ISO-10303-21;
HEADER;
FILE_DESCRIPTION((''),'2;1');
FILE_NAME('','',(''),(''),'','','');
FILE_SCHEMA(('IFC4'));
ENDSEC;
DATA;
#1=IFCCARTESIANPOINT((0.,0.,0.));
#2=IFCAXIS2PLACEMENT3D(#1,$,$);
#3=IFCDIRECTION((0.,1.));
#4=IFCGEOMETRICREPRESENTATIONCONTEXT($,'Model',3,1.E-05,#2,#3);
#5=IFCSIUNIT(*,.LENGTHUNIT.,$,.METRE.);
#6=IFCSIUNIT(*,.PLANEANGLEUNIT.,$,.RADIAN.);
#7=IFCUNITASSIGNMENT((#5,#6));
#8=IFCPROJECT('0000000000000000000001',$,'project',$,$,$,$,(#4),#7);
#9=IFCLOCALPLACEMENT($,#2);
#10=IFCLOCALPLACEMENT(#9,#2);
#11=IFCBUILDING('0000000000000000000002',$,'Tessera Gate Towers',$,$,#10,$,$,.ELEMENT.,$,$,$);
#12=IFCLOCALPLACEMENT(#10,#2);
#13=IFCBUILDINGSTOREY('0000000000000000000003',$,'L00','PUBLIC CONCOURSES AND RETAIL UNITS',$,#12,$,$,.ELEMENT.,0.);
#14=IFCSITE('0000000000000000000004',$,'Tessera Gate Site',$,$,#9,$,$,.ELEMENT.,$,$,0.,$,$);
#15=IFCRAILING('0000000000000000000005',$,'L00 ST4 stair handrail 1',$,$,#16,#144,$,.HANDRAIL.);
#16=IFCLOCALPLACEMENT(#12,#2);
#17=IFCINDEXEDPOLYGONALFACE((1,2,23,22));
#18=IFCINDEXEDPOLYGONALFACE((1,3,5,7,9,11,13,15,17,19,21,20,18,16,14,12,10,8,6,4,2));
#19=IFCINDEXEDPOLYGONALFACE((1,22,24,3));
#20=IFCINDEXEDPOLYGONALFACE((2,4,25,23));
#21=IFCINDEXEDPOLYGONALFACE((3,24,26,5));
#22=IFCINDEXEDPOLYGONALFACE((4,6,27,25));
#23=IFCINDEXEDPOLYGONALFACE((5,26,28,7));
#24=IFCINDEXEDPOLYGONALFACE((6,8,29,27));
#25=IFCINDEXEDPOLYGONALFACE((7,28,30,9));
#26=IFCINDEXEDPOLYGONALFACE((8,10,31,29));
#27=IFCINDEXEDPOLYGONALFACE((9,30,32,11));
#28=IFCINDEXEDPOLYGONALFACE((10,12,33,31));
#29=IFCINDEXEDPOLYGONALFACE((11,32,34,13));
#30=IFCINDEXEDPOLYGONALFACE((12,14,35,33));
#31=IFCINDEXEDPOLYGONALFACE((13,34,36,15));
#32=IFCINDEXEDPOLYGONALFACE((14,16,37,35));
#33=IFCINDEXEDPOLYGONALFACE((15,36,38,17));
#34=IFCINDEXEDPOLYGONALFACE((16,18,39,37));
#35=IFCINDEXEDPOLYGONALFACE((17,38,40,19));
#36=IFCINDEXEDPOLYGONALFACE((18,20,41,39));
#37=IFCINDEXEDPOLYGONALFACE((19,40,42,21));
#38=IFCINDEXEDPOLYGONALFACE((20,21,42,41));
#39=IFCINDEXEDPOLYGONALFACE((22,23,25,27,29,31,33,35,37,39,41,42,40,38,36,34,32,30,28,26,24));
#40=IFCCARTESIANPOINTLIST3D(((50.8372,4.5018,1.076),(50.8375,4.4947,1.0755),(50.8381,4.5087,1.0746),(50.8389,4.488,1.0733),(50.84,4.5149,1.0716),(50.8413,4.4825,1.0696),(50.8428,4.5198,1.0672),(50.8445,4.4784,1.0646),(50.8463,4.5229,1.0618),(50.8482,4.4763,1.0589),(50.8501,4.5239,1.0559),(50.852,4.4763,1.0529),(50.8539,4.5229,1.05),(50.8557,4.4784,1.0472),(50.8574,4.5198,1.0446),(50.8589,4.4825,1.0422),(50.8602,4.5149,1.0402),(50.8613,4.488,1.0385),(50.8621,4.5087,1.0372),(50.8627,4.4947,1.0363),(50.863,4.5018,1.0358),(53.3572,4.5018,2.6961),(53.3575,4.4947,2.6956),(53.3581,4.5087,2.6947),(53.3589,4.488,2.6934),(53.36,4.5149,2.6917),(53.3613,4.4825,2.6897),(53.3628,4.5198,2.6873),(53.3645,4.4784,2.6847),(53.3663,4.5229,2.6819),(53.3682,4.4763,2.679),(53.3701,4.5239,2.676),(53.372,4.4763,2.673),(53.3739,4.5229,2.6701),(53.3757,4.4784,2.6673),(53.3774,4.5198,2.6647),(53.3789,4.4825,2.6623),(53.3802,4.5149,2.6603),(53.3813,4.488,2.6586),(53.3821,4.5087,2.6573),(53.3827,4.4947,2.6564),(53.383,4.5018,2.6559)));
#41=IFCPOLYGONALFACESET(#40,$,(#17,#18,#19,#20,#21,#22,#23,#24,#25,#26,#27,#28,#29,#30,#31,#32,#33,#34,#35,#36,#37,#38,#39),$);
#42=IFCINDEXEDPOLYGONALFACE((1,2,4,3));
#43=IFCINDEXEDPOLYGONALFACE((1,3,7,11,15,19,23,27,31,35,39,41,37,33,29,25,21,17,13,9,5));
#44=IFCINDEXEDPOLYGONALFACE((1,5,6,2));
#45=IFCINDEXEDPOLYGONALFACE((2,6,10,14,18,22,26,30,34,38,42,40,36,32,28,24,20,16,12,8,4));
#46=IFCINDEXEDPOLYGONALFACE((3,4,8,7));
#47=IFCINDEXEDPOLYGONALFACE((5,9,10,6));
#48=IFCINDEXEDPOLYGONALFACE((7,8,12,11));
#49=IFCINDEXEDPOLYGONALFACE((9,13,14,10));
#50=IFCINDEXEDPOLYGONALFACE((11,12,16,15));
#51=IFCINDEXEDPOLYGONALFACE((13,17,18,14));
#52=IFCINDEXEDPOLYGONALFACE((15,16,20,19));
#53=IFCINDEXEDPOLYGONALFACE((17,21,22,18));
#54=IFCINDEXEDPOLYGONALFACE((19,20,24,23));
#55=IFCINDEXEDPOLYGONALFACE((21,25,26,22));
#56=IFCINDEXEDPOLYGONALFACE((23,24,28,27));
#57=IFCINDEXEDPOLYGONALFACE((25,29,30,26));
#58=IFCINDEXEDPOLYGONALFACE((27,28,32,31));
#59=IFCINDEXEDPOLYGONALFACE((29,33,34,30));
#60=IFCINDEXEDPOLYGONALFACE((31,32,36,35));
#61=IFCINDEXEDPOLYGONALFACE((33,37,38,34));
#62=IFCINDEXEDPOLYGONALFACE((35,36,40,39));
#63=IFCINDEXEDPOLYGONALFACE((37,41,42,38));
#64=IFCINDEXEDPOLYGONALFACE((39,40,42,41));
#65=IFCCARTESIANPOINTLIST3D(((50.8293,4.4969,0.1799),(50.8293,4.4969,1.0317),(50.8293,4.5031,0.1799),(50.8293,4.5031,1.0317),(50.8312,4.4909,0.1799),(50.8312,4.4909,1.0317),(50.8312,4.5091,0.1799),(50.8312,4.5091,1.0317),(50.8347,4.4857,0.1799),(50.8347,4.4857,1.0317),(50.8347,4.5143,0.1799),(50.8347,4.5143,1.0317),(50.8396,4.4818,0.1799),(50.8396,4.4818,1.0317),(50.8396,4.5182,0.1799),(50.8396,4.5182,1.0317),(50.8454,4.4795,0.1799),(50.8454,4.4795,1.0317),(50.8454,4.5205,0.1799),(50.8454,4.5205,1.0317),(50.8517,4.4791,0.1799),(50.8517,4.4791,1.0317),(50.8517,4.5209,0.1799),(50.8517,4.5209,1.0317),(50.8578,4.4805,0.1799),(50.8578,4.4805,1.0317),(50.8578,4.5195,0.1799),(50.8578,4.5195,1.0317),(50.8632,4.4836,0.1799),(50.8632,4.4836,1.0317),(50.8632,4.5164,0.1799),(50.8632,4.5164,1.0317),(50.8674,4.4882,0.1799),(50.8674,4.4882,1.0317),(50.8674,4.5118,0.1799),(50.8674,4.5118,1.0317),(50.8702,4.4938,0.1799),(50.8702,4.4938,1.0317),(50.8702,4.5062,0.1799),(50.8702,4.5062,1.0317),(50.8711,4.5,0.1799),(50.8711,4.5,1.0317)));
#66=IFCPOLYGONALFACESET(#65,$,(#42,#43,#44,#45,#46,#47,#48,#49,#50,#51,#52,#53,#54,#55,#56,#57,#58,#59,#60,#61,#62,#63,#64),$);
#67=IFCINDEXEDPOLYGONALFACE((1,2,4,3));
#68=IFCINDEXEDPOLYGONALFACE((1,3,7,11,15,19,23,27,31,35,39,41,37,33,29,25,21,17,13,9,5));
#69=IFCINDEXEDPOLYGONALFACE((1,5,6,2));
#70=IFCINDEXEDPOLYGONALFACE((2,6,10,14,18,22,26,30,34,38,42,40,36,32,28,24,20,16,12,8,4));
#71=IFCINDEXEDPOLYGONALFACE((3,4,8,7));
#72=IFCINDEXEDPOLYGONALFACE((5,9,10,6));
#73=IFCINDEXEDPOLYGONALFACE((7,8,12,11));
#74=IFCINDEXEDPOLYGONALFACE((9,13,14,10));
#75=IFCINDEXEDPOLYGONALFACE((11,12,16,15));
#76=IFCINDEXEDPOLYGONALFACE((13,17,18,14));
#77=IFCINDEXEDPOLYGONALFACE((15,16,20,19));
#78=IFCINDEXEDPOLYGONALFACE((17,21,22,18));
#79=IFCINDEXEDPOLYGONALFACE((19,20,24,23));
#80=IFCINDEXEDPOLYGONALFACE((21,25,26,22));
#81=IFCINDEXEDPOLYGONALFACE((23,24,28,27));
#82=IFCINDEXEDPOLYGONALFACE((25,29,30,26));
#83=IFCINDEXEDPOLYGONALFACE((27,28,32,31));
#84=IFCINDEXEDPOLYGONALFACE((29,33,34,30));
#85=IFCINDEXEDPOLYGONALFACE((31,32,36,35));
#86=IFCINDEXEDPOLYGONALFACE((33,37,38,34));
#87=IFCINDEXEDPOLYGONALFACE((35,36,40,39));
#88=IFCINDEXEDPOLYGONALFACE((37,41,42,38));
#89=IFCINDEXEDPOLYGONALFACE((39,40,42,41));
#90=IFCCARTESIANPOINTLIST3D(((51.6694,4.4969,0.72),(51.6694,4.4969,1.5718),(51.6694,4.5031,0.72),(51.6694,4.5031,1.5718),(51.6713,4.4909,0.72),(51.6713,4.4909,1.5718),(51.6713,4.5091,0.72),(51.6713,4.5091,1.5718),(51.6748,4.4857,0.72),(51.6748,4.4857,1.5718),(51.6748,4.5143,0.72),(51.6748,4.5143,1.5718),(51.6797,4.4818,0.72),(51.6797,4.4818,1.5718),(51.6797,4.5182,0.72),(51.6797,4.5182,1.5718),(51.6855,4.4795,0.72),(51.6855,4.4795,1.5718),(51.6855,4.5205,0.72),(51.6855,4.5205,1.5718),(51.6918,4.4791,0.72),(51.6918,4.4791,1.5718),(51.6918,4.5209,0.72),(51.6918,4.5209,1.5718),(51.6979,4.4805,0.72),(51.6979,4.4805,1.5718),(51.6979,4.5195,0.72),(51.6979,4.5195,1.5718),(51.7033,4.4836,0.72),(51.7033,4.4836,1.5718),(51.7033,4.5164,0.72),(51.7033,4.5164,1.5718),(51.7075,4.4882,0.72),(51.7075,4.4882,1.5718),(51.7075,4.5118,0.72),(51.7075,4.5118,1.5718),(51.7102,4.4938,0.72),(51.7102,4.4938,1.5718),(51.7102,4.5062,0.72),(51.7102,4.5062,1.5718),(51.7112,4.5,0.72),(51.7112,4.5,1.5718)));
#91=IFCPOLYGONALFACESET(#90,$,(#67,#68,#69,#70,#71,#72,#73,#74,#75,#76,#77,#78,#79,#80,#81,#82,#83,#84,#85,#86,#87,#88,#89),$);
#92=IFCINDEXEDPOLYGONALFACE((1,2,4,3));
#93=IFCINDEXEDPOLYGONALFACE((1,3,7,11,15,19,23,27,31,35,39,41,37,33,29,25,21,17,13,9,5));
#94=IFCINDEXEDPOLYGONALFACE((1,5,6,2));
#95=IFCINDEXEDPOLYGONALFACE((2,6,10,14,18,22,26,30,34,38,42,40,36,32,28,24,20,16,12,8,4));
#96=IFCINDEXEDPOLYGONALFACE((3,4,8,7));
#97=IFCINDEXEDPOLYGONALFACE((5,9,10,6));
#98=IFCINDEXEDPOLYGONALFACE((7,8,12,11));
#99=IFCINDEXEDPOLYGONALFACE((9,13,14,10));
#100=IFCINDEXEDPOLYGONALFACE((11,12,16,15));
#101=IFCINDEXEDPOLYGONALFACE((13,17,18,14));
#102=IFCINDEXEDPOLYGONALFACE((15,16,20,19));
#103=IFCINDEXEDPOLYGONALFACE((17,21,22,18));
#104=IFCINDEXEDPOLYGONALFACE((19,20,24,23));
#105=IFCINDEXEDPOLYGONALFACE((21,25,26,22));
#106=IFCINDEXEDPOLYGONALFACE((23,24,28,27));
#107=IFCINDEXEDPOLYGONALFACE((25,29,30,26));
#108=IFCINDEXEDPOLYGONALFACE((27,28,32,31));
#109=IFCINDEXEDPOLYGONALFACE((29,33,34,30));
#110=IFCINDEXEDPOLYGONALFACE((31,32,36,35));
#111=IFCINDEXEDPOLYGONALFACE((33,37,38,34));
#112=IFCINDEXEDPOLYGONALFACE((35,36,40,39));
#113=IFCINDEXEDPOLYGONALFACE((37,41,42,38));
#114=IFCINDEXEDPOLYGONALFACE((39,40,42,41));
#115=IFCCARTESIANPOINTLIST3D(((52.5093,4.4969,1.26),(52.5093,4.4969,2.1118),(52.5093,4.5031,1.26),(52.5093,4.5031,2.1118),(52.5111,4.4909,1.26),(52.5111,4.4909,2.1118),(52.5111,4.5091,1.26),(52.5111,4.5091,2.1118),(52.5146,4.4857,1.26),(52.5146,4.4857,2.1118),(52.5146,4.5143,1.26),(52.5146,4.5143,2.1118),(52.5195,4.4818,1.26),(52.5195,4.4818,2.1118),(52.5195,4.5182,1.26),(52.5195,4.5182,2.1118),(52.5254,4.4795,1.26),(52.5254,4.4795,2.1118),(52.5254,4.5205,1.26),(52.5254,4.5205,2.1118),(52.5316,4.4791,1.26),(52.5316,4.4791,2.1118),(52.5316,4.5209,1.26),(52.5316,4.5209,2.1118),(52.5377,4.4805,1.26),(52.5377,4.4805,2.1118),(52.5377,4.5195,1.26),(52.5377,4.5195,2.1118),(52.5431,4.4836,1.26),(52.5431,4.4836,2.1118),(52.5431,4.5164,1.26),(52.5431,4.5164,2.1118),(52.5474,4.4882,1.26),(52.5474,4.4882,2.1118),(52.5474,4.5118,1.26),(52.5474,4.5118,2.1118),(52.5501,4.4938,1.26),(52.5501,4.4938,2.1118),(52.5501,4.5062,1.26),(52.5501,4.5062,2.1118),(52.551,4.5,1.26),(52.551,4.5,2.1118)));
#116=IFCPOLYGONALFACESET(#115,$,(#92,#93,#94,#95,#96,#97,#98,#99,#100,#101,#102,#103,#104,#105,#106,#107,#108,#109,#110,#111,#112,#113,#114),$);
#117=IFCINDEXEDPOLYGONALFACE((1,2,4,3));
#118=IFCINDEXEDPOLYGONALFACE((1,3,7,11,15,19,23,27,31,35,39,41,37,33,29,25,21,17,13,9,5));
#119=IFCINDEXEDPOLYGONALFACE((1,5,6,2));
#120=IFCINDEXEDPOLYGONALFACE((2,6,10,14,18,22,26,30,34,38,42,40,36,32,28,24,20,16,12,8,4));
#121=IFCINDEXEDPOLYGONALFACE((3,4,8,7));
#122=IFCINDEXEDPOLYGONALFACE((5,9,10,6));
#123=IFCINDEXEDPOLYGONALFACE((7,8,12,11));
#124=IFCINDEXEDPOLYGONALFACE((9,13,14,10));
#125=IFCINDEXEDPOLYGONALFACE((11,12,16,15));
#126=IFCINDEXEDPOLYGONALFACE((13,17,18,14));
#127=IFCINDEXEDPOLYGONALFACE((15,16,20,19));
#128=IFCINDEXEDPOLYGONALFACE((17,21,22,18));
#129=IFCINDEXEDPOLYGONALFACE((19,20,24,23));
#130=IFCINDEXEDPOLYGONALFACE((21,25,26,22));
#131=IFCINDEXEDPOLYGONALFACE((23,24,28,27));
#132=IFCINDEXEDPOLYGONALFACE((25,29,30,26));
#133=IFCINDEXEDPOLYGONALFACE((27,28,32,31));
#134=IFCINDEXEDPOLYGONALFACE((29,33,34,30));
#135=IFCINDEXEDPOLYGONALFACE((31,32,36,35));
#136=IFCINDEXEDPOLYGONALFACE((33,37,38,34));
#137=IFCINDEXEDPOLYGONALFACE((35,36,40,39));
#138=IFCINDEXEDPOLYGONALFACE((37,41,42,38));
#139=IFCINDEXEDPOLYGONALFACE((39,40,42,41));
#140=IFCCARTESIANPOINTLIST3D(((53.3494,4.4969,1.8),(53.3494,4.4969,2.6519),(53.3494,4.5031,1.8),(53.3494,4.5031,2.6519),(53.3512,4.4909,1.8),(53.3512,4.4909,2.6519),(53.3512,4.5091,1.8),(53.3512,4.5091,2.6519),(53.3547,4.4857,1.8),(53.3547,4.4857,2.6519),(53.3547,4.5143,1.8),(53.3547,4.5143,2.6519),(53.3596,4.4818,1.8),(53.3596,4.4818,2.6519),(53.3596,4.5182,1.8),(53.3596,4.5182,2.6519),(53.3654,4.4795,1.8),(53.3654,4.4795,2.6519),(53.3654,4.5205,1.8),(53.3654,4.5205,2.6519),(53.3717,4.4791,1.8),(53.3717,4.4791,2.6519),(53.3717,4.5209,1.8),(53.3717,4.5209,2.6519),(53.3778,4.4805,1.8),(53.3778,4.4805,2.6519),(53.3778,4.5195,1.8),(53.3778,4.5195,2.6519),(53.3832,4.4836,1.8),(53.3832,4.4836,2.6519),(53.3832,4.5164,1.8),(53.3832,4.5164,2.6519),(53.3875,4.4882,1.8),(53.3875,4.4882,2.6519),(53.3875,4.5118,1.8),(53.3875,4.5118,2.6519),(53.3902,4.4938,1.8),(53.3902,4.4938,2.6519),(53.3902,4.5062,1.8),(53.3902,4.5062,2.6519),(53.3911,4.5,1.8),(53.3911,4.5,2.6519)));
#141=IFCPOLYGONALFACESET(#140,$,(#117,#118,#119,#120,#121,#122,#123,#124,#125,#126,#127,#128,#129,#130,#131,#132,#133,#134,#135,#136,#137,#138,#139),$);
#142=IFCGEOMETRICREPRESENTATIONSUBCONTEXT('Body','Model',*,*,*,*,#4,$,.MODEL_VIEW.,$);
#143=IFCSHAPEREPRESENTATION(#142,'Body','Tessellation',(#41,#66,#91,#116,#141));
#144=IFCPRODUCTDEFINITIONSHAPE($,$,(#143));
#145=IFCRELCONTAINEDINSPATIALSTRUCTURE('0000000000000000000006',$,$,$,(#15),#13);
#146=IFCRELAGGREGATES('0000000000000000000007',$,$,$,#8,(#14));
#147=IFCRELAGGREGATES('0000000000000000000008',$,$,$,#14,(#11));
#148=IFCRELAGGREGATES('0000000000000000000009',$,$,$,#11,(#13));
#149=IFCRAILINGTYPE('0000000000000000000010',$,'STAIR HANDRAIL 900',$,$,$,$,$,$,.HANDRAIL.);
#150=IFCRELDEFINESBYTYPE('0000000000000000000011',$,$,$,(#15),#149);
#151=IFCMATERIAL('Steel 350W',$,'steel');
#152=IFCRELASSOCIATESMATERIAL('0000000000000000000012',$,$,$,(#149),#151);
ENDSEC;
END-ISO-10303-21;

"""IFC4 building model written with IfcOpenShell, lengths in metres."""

from ifc_helpers import new_model, si_unit, direction, frame, origin, origin_2d, place, context, subcontext, project, spatial, circle, extrude, material, type_object, element, save


model = new_model("IFC4")

# Units and contexts
model_context = context("Model", 3, precision=1e-05, world=origin(), true_north=direction((0.0, 1.0)))
body_context = subcontext(model_context, "Body", "Model", "MODEL_VIEW")
ifc_project = project(units=[si_unit("LENGTHUNIT", "METRE"), si_unit("PLANEANGLEUNIT", "RADIAN")], contexts=[model_context])

# Site, building, storey
site_placement = place(None, origin())
site = spatial("IfcSite", under=ifc_project, at=site_placement, Name="Tessera Gate Site", CompositionType="ELEMENT", RefElevation=0.0)
building_placement = place(site_placement, origin())
building = spatial("IfcBuilding", under=site, at=building_placement, Name="Tessera Gate Towers", CompositionType="ELEMENT")
storey_placement = place(building_placement, origin())
storey = spatial("IfcBuildingStorey", under=building, at=storey_placement, Name="L00", Description="PUBLIC CONCOURSES AND RETAIL UNITS", CompositionType="ELEMENT", Elevation=0.0)

# Railing
ifc_material_1 = material(Name="Steel 350W", Category="steel")
railing_type_1 = type_object("IfcRailingType", Name="STAIR HANDRAIL 900", PredefinedType="HANDRAIL", material=ifc_material_1)
railing_1_placement = place(storey_placement, frame((50.8501, 4.5, 0.1799)))
element("IfcRailing", 1, at=railing_1_placement, inside=storey, type_object=railing_type_1, Name="L00 ST4 stair handrail 1", PredefinedType="HANDRAIL", context=body_context, shape_type="SweptSolid", body=[
    extrude(circle(Radius=0.0239, at=origin_2d()), frame((0.0, 0.0, 0.876), z_axis=(0.841163, 0.0, 0.540782), x_axis=(0.0, 1.0, 0.0)), (0.0, 0.0, 1.0), 2.9958),
    extrude(circle(Radius=0.021, at=origin_2d()), origin(), (0.0, 0.0, 1.0), 0.8518),
    extrude(circle(Radius=0.021, at=origin_2d()), frame((0.8401, 0.0, 0.54)), (0.0, 0.0, 1.0), 0.8518),
    extrude(circle(Radius=0.021, at=origin_2d()), frame((1.6799, 0.0, 1.0801)), (0.0, 0.0, 1.0), 0.8518),
    extrude(circle(Radius=0.021, at=origin_2d()), frame((2.52, 0.0, 1.6201)), (0.0, 0.0, 1.0), 0.8518),
])

save(model, "model.ifc")
